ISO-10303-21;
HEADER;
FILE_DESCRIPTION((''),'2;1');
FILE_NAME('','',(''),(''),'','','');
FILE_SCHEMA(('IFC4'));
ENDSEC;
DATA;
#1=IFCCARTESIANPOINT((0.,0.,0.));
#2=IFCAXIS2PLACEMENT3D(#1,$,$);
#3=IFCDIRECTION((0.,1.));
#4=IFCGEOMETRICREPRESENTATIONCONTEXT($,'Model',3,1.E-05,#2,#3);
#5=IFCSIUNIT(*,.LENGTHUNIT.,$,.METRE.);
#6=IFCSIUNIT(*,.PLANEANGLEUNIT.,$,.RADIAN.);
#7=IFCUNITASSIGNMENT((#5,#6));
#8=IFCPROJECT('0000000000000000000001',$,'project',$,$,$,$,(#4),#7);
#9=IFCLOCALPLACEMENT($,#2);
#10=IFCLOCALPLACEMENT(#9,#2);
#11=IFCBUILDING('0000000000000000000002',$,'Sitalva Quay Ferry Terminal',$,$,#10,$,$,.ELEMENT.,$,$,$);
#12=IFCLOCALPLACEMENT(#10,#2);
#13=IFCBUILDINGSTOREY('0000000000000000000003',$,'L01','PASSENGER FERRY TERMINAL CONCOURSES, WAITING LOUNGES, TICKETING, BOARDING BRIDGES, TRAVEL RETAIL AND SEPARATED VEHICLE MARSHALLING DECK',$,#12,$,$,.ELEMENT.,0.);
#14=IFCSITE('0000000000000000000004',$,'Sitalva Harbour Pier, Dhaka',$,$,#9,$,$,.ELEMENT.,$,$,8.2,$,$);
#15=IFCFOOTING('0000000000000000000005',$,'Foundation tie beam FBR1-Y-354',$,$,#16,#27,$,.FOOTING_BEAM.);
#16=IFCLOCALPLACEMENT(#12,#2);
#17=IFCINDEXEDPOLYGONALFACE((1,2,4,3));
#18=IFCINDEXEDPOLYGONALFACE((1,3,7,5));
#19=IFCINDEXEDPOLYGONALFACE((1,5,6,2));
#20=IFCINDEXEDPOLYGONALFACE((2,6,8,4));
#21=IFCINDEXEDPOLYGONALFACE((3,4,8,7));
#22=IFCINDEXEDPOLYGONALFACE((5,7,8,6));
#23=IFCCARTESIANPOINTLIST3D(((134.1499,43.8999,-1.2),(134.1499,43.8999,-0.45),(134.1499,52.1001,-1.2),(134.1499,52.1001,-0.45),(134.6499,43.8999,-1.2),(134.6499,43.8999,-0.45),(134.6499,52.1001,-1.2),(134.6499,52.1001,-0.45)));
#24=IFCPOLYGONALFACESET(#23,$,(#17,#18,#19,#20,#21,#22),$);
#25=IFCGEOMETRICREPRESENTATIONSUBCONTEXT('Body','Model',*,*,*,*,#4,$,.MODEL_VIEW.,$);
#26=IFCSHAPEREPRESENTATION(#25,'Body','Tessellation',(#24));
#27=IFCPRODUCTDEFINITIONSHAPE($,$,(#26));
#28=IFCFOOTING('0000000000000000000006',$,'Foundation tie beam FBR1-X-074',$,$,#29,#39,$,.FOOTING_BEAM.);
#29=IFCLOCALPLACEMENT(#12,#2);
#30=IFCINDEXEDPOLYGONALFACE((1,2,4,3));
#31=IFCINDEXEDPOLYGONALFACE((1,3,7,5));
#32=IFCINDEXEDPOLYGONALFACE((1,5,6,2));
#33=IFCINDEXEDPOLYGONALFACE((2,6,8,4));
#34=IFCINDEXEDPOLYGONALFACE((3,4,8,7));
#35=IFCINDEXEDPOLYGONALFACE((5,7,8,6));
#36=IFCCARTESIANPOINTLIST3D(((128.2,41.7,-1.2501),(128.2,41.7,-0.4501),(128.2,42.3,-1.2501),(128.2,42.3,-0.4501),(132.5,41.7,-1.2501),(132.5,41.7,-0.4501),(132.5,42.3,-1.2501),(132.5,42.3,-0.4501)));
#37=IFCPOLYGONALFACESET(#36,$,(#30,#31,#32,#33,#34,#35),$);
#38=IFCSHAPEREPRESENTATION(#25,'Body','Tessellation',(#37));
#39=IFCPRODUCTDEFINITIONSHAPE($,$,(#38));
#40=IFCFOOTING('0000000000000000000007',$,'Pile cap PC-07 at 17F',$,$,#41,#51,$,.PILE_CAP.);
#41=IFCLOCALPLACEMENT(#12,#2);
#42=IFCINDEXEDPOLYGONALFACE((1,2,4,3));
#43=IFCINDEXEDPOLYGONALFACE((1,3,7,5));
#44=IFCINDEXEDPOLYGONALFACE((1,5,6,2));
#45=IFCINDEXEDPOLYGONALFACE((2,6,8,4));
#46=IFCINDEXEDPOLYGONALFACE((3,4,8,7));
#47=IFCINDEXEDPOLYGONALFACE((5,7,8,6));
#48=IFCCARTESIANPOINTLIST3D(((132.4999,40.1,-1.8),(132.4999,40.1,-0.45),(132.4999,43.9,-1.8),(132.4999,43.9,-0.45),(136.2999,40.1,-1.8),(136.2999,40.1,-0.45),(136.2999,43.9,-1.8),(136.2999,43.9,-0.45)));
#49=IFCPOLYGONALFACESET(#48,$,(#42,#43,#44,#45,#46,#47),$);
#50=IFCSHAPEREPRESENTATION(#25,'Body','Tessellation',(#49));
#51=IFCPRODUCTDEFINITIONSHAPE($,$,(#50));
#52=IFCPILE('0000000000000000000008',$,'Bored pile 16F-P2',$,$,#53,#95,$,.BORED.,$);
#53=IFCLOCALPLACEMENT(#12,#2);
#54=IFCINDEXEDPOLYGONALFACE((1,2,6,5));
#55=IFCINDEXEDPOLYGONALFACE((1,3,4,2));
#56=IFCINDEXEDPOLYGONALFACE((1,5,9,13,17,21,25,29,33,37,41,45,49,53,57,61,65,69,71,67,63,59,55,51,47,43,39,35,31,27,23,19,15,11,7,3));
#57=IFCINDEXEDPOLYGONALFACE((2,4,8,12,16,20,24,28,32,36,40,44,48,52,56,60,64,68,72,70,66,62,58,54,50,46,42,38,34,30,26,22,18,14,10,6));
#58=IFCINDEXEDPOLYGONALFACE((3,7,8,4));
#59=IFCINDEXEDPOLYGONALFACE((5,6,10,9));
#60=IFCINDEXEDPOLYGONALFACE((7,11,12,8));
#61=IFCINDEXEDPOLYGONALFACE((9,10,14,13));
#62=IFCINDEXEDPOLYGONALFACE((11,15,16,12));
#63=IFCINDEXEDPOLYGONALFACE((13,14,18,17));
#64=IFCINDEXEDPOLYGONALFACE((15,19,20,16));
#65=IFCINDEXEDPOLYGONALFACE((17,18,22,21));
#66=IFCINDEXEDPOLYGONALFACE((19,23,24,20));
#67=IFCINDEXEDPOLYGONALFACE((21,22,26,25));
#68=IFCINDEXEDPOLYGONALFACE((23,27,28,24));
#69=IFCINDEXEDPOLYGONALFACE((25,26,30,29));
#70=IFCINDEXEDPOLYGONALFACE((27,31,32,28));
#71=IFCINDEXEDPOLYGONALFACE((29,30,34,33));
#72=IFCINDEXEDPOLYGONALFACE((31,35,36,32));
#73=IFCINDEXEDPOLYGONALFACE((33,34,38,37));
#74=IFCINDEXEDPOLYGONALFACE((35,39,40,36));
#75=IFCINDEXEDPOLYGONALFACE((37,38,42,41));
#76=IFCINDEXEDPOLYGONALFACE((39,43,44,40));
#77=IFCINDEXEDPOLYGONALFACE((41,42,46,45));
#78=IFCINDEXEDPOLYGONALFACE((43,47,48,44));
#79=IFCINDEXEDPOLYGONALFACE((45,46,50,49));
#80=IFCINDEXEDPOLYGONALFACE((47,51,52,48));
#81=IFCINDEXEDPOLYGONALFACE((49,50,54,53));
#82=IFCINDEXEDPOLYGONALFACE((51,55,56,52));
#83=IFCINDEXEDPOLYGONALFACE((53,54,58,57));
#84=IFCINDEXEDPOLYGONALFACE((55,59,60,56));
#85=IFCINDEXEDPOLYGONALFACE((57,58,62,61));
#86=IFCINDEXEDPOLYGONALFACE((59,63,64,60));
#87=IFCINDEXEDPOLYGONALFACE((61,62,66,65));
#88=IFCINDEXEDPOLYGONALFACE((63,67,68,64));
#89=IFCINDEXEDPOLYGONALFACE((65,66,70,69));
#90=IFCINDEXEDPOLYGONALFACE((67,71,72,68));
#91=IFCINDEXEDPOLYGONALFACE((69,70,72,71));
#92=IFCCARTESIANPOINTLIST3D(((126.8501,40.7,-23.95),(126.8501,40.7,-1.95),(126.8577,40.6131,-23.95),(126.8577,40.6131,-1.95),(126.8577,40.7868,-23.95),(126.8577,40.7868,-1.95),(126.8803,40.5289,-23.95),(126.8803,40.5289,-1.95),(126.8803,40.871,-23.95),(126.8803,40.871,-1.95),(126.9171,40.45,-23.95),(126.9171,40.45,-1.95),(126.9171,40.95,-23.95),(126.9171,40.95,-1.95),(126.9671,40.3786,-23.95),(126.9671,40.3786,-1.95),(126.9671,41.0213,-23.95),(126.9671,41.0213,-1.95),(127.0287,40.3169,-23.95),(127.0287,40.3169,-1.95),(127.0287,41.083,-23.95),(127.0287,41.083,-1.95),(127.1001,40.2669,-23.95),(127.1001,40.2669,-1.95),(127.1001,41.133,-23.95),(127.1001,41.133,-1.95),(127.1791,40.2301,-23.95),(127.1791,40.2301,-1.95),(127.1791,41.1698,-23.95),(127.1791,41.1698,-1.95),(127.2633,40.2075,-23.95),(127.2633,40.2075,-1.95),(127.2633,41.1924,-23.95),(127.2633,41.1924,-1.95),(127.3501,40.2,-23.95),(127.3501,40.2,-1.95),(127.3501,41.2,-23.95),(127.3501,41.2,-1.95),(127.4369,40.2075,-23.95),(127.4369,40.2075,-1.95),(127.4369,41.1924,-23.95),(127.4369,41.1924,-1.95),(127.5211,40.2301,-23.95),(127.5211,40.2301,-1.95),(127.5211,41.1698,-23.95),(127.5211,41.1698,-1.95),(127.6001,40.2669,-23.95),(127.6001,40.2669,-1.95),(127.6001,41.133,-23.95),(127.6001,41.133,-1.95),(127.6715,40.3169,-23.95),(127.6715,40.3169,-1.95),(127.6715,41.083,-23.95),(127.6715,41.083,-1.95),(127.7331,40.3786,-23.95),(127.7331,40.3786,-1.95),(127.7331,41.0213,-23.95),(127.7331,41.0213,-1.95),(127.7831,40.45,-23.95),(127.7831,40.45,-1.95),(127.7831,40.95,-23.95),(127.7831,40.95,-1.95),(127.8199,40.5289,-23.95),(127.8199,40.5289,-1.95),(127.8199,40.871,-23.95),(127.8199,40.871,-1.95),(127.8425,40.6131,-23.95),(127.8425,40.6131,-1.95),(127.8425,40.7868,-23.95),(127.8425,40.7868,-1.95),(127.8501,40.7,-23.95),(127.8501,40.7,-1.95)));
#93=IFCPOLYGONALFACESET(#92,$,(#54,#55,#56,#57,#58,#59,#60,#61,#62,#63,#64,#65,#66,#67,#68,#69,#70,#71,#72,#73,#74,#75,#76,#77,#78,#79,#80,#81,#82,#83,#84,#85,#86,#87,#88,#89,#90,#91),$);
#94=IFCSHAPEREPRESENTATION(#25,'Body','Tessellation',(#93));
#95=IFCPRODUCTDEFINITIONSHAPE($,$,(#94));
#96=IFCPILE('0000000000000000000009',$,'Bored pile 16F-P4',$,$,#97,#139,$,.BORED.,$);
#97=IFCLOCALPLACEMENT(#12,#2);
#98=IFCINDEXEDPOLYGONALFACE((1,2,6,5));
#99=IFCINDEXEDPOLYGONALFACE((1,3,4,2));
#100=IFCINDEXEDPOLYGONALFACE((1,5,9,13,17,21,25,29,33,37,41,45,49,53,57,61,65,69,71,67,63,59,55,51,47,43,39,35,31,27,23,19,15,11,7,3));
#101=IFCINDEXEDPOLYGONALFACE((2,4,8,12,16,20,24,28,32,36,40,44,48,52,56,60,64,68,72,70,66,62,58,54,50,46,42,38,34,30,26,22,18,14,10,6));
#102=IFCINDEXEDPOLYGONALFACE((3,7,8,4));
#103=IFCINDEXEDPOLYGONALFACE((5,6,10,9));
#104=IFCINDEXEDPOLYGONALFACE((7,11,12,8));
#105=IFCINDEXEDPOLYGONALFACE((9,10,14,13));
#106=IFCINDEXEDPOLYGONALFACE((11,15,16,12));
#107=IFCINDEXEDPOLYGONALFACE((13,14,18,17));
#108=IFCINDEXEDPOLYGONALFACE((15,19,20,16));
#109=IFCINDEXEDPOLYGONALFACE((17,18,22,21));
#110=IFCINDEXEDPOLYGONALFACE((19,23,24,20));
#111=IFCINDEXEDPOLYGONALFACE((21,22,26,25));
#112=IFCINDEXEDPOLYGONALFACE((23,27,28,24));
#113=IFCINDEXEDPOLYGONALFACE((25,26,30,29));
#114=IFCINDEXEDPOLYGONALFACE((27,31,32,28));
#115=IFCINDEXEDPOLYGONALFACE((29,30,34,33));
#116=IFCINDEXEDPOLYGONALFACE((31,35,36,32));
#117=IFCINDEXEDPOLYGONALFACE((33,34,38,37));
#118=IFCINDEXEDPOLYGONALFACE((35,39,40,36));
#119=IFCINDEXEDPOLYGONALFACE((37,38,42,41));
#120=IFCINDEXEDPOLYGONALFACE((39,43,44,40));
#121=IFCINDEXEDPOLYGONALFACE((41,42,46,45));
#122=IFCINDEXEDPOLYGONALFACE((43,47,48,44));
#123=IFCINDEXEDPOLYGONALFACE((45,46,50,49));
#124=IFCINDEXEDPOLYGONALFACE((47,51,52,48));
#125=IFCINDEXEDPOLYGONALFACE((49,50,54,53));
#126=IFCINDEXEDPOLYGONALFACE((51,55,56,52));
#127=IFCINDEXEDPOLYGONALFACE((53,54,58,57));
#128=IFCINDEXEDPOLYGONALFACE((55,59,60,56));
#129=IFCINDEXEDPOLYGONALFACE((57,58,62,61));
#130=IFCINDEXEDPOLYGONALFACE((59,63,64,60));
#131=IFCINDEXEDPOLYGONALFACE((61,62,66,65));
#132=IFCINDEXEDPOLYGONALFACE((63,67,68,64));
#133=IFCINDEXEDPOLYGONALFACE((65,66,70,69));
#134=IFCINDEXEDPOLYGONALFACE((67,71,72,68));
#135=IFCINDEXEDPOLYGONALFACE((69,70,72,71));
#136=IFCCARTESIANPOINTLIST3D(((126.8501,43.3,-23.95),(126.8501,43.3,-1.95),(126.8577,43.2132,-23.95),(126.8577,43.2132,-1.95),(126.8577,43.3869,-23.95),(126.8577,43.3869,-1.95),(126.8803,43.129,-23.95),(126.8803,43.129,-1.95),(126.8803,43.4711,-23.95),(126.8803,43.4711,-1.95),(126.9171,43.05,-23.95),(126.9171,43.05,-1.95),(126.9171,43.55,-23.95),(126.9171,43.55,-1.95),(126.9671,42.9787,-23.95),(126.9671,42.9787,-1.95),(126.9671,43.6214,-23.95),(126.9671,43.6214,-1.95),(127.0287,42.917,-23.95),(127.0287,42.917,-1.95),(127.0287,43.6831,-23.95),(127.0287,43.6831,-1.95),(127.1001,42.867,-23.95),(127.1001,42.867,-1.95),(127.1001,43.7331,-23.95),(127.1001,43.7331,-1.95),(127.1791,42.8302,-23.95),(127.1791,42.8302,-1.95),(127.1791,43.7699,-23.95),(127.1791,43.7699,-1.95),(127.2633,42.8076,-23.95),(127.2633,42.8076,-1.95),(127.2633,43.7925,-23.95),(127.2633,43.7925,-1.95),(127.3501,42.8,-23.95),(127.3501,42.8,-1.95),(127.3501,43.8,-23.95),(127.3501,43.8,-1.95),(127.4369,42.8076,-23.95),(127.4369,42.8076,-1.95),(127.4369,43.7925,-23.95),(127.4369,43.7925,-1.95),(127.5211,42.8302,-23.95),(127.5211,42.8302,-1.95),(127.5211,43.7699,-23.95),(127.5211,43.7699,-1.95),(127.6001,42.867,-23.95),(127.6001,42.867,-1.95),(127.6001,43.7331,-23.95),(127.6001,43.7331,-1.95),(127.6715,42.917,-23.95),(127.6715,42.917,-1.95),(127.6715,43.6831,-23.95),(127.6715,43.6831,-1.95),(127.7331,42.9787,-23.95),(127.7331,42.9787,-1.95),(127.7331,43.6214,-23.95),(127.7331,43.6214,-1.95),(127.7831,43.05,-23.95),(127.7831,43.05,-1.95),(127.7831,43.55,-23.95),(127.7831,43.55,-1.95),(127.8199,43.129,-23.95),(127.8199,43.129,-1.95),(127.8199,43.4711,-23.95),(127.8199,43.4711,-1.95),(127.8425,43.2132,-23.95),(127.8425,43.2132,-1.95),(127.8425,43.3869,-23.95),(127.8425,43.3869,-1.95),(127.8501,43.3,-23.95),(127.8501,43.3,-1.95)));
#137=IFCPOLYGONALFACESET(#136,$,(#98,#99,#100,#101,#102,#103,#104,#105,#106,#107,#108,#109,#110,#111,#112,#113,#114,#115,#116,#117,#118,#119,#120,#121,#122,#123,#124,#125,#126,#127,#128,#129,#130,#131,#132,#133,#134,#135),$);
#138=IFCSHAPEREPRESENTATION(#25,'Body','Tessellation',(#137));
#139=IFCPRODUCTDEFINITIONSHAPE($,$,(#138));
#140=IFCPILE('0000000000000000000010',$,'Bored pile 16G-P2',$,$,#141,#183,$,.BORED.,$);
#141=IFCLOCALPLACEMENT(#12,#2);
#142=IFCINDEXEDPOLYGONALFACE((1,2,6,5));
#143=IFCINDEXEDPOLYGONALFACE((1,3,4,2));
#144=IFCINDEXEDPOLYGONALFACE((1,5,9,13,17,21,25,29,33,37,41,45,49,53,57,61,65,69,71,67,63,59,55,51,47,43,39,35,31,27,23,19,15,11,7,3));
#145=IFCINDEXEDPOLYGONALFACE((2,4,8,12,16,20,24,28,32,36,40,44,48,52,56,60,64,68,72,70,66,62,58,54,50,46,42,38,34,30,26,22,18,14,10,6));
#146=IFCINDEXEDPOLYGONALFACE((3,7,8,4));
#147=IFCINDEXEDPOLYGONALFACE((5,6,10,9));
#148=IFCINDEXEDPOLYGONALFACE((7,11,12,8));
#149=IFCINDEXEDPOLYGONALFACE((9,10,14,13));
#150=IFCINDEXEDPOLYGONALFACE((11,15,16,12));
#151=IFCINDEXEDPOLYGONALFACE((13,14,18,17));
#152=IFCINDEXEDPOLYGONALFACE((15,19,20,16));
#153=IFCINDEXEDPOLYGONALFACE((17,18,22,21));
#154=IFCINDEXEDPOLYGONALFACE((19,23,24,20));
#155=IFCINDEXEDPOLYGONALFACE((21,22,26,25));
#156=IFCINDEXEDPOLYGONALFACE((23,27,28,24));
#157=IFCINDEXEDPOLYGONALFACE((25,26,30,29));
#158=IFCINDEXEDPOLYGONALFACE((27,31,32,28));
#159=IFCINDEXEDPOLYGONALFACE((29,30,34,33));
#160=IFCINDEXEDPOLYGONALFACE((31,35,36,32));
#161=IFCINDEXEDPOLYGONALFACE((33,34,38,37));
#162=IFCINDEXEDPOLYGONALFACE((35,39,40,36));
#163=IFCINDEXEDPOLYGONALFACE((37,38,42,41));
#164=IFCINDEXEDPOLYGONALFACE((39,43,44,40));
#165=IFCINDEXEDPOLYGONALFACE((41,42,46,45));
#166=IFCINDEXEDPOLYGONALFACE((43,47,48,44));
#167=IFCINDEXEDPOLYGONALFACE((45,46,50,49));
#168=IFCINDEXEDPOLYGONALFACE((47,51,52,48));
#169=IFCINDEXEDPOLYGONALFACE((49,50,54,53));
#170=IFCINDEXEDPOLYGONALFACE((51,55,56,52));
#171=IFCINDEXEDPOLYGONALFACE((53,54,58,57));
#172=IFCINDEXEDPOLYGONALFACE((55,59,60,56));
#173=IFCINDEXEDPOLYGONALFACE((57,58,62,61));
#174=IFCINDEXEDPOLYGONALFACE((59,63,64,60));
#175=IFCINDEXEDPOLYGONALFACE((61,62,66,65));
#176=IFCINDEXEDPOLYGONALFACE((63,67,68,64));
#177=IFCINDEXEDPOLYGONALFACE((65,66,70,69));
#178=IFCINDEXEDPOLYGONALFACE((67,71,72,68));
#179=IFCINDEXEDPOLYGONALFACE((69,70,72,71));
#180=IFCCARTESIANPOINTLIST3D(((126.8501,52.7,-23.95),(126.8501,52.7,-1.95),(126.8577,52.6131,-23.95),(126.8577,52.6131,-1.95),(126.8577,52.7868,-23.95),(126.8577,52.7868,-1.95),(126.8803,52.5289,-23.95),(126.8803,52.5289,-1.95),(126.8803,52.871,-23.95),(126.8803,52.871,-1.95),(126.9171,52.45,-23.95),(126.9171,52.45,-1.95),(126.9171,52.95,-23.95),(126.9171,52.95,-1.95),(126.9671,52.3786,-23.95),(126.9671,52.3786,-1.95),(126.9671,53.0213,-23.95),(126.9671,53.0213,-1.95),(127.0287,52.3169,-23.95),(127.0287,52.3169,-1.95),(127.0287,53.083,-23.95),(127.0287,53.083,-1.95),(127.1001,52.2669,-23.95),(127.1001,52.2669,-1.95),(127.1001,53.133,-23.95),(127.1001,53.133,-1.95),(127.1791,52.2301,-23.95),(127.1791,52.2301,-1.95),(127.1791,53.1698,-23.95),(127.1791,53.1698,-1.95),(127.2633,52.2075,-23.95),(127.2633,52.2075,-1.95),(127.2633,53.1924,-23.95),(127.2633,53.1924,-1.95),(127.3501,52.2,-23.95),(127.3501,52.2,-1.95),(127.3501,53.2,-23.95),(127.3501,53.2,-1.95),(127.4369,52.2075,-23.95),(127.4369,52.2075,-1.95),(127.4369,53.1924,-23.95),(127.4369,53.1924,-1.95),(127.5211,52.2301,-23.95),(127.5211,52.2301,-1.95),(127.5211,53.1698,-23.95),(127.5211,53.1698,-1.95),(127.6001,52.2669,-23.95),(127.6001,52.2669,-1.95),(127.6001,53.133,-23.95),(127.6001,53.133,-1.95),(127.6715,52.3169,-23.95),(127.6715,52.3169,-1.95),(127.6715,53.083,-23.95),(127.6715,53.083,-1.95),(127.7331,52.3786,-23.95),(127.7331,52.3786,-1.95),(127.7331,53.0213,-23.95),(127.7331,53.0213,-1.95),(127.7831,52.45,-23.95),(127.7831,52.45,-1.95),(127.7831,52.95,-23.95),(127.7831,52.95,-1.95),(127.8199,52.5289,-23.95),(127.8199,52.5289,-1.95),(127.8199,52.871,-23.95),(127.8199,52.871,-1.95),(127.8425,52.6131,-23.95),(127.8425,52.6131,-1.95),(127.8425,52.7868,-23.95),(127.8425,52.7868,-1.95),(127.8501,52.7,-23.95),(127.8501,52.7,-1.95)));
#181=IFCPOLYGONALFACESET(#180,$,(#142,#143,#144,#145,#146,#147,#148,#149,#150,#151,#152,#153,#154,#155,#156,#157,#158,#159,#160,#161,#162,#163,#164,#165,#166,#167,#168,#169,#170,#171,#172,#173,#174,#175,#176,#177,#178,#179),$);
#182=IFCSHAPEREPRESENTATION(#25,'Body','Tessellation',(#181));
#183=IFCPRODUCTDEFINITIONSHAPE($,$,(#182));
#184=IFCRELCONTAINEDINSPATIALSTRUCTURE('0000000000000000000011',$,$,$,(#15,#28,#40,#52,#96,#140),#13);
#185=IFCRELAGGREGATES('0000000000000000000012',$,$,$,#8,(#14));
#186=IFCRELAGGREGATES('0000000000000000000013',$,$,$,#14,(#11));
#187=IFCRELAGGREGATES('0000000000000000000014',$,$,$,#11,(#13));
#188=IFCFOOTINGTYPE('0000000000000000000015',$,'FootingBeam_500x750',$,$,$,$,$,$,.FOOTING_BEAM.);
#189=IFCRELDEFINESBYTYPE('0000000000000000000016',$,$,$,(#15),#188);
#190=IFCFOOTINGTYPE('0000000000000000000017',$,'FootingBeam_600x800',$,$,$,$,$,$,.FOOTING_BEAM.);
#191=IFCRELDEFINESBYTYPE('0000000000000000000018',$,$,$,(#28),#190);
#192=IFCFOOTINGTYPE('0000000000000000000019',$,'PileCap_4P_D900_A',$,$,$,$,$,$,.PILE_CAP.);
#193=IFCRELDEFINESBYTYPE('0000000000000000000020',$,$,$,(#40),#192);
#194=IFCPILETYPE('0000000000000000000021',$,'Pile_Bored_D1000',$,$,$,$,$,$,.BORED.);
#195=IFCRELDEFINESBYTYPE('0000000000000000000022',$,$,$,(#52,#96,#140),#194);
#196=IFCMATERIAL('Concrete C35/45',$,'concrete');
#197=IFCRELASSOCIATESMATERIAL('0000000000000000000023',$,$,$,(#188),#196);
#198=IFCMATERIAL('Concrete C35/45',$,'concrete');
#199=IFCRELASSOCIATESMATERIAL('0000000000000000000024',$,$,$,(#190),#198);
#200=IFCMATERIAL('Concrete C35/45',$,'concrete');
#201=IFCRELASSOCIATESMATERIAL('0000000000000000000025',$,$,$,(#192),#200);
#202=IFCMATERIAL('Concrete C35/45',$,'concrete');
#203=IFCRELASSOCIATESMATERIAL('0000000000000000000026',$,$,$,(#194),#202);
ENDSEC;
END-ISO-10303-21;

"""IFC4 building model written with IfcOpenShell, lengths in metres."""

from ifc_helpers import new_model, si_unit, direction, frame, origin, origin_2d, place, context, subcontext, project, spatial, rectangle, circle, extrude, material, material_profile, profile_set, type_object, element, save


model = new_model("IFC4")

# Units and contexts
model_context = context("Model", 3, precision=1e-05, world=origin(), true_north=direction((0.0, 1.0)))
body_context = subcontext(model_context, "Body", "Model", "MODEL_VIEW")
ifc_project = project(units=[si_unit("LENGTHUNIT", "METRE"), si_unit("PLANEANGLEUNIT", "RADIAN")], contexts=[model_context])

# Site, building, storey
site_placement = place(None, origin())
site = spatial("IfcSite", under=ifc_project, at=site_placement, Name="Sitalva Harbour Pier, Dhaka", CompositionType="ELEMENT", RefElevation=8.2)
building_placement = place(site_placement, origin())
building = spatial("IfcBuilding", under=site, at=building_placement, Name="Sitalva Quay Ferry Terminal", CompositionType="ELEMENT")
storey_placement = place(building_placement, origin())
storey = spatial("IfcBuildingStorey", under=building, at=storey_placement, Name="L01", Description="PASSENGER FERRY TERMINAL CONCOURSES, WAITING LOUNGES, TICKETING, BOARDING BRIDGES, TRAVEL RETAIL AND SEPARATED VEHICLE MARSHALLING DECK", CompositionType="ELEMENT", Elevation=0.0)

# Footings
ifc_material_1 = material(Name="Concrete C35/45", Category="concrete")
ifc_material_profile_1 = material_profile(ifc_material_1, rectangle(XDim=0.5, YDim=0.75, at=origin_2d()), Name="RC500x750")
ifc_profile_set_1 = profile_set([ifc_material_profile_1], Name="Concrete C35/45")
footing_type_1 = type_object("IfcFootingType", Name="FootingBeam_500x750", PredefinedType="FOOTING_BEAM", material=ifc_profile_set_1)
footing_1_placement = place(storey_placement, frame((134.3999, 43.8999, -0.825), z_axis=(0.0, 1.0, 0.0), x_axis=(-1.0, 0.0, 0.0)))
element("IfcFooting", 1, at=footing_1_placement, inside=storey, type_object=footing_type_1, Name="Foundation tie beam FBR1-Y-354", PredefinedType="FOOTING_BEAM", context=body_context, shape_type="SweptSolid", body=[
    extrude(rectangle(XDim=0.5, YDim=0.75, at=origin_2d()), origin(), (0.0, 0.0, 1.0), 8.2002),
])
ifc_material_2 = material(Name="Concrete C35/45", Category="concrete")
ifc_material_profile_2 = material_profile(ifc_material_2, rectangle(XDim=0.6001, YDim=0.8, at=origin_2d()), Name="RC600x800")
ifc_profile_set_2 = profile_set([ifc_material_profile_2], Name="Concrete C35/45")
footing_type_2 = type_object("IfcFootingType", Name="FootingBeam_600x800", PredefinedType="FOOTING_BEAM", material=ifc_profile_set_2)
footing_2_placement = place(storey_placement, frame((128.2, 42.0, -0.8501), z_axis=(1.0, 0.0, 0.0), x_axis=(0.0, 1.0, 0.0)))
element("IfcFooting", 2, at=footing_2_placement, inside=storey, type_object=footing_type_2, Name="Foundation tie beam FBR1-X-074", PredefinedType="FOOTING_BEAM", context=body_context, shape_type="SweptSolid", body=[
    extrude(rectangle(XDim=0.6001, YDim=0.8, at=origin_2d()), origin(), (0.0, 0.0, 1.0), 4.3),
])
ifc_material_3 = material(Name="Concrete C35/45", Category="concrete")
footing_type_3 = type_object("IfcFootingType", Name="PileCap_4P_D900_A", PredefinedType="PILE_CAP", material=ifc_material_3)
footing_3_placement = place(storey_placement, frame((134.3999, 42.0, -1.8), z_axis=(0.0, 0.0, 1.0), x_axis=(1.0, 0.0, 0.0)))
element("IfcFooting", 3, at=footing_3_placement, inside=storey, type_object=footing_type_3, Name="Pile cap PC-07 at 17F", PredefinedType="PILE_CAP", context=body_context, shape_type="SweptSolid", body=[
    extrude(rectangle(XDim=3.8, YDim=3.8, at=origin_2d()), origin(), (0.0, 0.0, 1.0), 1.3501),
])

# Piles
ifc_material_4 = material(Name="Concrete C35/45", Category="concrete")
ifc_material_profile_3 = material_profile(ifc_material_4, circle(Radius=0.5, at=origin_2d()), Name="PILE-D1000")
ifc_profile_set_3 = profile_set([ifc_material_profile_3], Name="Concrete C35/45")
pile_type_1 = type_object("IfcPileType", Name="Pile_Bored_D1000", PredefinedType="BORED", material=ifc_profile_set_3)
for number, where, z_axis, x_axis, name in (
    (4, (127.3501, 40.7, -1.95), (0.0, 0.0, -1.0), (1.0, 0.0, 0.0), "Bored pile 16F-P2"),
    (5, (127.3501, 43.3, -1.95), (0.0, 0.0, -1.0), (1.0, 0.0, 0.0), "Bored pile 16F-P4"),
    (6, (127.3501, 52.7, -1.95), (0.0, 0.0, -1.0), (1.0, 0.0, 0.0), "Bored pile 16G-P2"),
):
    element("IfcPile", number, at=place(storey_placement, frame(where, z_axis=z_axis, x_axis=x_axis)), inside=storey, type_object=pile_type_1, Name=name, PredefinedType="BORED", context=body_context, shape_type="SweptSolid", body=[
        extrude(circle(Radius=0.5, at=origin_2d()), origin(), (0.0, 0.0, 1.0), 22.0),
    ])

save(model, "model.ifc")
